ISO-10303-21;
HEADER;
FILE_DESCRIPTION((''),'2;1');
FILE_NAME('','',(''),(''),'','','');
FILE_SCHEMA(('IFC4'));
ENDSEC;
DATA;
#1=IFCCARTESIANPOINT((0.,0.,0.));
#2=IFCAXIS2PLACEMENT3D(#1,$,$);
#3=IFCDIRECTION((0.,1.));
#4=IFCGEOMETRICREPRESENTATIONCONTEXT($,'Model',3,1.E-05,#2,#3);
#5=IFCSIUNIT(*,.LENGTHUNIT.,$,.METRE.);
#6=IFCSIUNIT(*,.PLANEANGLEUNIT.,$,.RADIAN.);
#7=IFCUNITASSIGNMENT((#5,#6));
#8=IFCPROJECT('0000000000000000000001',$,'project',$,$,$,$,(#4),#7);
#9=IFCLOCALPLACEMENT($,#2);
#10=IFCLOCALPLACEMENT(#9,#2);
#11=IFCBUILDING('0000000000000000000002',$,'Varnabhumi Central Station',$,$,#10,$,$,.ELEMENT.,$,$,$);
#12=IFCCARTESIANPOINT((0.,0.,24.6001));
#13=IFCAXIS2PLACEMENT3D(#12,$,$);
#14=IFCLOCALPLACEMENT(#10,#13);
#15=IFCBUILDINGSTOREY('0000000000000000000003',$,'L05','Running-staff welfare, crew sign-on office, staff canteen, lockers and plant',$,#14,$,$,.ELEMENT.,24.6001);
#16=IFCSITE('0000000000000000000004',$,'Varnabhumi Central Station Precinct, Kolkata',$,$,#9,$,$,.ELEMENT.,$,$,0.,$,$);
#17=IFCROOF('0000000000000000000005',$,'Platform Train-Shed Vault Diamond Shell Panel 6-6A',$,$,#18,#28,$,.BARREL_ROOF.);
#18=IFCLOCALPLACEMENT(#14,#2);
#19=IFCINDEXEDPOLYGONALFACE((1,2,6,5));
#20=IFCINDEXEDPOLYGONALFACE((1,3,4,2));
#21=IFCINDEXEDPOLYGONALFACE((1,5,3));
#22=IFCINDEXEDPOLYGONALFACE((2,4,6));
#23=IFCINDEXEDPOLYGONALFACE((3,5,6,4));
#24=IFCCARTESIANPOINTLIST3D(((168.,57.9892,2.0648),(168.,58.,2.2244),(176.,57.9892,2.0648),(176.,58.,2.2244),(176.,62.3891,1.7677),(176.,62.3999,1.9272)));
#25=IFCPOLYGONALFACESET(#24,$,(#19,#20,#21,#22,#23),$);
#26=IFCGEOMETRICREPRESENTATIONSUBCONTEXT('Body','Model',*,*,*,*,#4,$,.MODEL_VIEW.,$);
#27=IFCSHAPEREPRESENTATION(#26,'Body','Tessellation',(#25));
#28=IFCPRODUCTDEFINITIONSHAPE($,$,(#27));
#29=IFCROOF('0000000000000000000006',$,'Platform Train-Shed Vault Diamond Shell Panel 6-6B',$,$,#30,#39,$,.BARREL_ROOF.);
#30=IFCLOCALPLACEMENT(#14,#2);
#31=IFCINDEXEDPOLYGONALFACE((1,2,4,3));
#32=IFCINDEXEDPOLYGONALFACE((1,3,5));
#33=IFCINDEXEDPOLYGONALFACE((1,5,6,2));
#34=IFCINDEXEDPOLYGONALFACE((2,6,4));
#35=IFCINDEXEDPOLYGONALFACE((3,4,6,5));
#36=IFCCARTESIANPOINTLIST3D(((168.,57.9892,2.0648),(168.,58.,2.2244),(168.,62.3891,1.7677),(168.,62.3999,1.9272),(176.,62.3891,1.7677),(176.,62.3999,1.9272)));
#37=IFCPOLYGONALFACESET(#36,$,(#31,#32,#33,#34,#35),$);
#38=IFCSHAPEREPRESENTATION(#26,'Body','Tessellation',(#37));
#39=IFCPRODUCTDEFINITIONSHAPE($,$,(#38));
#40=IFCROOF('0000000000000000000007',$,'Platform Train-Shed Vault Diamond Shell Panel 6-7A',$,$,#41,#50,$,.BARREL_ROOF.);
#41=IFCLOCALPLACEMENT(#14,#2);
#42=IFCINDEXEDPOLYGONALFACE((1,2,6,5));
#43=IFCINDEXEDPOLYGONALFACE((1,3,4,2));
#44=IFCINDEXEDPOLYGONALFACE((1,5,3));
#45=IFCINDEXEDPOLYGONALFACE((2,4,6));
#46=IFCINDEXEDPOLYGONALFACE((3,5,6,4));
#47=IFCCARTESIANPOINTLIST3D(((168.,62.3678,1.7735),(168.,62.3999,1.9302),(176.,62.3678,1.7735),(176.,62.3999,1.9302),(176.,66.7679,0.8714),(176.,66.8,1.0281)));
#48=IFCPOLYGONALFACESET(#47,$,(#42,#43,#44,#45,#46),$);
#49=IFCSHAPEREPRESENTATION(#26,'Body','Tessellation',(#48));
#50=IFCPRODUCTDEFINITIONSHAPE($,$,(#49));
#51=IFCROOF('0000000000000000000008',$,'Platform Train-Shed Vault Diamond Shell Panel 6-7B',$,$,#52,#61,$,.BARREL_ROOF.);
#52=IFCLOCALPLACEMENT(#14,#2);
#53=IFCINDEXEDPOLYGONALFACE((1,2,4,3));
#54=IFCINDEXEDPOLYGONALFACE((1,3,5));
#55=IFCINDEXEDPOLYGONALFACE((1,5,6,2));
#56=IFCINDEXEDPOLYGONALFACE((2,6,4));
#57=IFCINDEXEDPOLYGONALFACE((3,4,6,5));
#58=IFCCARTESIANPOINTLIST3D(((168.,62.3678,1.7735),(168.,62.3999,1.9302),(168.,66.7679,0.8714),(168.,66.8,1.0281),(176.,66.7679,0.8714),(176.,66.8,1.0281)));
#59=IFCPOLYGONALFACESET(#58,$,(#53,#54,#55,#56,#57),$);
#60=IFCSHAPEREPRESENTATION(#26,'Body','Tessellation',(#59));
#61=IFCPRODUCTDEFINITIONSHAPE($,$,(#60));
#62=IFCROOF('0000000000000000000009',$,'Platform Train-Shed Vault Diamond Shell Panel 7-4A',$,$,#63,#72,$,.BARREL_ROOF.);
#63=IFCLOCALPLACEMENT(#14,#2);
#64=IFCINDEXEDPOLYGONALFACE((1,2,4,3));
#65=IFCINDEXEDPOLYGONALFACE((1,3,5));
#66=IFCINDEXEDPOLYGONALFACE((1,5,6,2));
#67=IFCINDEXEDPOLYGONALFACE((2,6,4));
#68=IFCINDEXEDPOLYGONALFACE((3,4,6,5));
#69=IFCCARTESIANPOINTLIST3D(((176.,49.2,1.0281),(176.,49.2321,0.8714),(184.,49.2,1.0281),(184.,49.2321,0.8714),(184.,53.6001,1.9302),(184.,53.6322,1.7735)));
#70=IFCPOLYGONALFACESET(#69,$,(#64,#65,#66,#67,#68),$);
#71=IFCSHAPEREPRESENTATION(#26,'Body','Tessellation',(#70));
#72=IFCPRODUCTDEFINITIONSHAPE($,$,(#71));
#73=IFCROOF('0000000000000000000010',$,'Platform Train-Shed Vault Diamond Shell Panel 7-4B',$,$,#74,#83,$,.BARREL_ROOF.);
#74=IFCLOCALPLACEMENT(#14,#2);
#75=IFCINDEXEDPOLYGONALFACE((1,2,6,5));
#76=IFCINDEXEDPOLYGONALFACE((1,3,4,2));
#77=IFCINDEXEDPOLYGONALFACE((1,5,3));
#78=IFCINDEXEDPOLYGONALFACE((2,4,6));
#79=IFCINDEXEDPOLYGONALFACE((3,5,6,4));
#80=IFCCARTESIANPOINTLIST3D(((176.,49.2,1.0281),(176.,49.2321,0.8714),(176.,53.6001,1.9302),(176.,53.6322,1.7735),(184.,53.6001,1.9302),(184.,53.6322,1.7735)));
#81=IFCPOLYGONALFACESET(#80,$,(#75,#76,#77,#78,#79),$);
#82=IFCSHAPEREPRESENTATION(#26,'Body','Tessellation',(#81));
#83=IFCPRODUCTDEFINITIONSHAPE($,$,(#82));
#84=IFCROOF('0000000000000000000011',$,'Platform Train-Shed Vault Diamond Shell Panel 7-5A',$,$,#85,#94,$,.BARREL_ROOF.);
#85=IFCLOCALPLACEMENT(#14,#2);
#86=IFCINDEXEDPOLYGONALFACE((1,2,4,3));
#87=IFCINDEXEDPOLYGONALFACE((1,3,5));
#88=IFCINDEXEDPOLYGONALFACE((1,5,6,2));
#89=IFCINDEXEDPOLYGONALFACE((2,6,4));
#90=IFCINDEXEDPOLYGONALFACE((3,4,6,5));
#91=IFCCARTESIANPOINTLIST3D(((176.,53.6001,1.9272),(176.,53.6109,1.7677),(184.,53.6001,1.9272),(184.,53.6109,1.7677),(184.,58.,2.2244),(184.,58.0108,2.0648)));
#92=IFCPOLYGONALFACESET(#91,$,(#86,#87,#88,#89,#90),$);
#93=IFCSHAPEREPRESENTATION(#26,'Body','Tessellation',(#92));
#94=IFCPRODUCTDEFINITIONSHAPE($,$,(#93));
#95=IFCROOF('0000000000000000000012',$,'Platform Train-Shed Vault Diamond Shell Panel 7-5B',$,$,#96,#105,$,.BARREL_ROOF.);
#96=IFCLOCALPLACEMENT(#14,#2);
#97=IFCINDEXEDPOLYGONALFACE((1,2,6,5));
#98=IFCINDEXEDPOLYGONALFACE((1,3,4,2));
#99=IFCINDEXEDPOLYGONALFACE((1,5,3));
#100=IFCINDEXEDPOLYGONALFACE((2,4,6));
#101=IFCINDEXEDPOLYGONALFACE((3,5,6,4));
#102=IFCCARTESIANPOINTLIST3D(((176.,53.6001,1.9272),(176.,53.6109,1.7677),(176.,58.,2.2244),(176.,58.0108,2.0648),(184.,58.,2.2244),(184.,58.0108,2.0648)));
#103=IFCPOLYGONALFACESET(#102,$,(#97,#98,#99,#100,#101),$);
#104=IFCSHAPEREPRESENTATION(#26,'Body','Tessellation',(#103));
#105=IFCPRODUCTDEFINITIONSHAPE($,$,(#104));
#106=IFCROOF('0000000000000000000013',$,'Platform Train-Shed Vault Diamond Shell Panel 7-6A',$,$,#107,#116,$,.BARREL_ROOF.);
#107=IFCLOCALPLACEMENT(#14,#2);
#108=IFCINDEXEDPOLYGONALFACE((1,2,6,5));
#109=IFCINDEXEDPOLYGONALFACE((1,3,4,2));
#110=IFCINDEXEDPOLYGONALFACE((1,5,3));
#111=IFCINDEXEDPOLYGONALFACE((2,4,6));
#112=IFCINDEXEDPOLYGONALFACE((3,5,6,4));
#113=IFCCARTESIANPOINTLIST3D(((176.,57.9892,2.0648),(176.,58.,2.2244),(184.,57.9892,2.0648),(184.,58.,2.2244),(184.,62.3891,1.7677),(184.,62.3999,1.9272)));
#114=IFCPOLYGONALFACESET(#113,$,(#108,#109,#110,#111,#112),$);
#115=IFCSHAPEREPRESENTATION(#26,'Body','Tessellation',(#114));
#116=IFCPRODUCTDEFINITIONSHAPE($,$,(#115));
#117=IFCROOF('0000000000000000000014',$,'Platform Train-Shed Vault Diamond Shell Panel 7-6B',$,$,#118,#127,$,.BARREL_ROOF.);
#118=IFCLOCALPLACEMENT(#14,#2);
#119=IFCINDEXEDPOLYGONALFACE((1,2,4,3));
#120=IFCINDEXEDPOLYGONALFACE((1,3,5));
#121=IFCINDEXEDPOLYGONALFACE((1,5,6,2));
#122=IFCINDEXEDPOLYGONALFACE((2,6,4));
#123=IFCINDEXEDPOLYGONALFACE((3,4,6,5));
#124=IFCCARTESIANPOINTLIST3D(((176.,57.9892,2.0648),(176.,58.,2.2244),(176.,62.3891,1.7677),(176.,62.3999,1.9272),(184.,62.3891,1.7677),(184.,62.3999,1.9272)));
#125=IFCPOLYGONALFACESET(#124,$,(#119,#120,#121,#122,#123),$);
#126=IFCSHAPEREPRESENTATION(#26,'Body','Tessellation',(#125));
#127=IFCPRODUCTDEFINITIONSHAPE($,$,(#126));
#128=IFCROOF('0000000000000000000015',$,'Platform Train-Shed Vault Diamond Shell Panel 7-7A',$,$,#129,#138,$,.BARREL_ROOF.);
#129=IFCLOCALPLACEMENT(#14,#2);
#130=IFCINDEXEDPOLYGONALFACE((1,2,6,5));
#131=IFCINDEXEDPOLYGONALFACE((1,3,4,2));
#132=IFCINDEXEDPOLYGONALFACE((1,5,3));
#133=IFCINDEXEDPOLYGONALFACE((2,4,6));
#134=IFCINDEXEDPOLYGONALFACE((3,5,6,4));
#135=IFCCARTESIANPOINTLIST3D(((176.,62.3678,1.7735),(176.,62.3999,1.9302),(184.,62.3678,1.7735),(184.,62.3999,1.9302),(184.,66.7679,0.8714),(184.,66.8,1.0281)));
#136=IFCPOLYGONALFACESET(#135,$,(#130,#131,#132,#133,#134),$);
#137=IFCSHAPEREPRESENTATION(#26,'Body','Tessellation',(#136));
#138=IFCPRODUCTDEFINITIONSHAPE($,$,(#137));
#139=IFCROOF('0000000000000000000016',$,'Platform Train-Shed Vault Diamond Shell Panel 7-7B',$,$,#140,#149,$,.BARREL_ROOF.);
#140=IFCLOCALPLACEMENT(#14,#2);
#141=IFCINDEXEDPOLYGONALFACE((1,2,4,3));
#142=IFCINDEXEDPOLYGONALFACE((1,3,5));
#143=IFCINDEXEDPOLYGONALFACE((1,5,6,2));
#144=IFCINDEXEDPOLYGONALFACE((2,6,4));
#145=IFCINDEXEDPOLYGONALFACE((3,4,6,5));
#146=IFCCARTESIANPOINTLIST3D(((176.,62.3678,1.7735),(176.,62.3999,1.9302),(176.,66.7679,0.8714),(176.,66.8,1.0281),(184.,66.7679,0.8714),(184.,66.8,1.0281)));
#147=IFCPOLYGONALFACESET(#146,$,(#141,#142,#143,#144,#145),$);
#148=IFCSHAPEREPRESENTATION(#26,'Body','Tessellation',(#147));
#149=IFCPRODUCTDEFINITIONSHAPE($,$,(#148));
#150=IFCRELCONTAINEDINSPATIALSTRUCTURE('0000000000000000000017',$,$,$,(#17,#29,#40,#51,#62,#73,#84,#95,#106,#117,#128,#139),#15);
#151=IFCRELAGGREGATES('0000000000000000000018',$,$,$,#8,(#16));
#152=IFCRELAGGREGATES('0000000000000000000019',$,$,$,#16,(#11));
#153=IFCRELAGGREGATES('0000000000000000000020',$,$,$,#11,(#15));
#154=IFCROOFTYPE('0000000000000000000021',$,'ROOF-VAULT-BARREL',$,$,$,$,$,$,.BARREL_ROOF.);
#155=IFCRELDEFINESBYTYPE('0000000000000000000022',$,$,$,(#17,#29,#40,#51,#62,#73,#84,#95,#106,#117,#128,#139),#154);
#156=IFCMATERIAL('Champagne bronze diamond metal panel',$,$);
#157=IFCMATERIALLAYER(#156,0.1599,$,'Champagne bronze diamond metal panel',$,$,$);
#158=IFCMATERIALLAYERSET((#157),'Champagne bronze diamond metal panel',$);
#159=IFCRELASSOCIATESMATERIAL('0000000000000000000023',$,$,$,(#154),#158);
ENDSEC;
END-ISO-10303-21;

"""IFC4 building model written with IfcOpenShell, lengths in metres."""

from ifc_helpers import new_model, si_unit, direction, frame, origin, place, context, subcontext, project, spatial, polyline, outline, extrude, material, layer, layer_set, type_object, element, save


model = new_model("IFC4")

# Units and contexts
model_context = context("Model", 3, precision=1e-05, world=origin(), true_north=direction((0.0, 1.0)))
body_context = subcontext(model_context, "Body", "Model", "MODEL_VIEW")
ifc_project = project(units=[si_unit("LENGTHUNIT", "METRE"), si_unit("PLANEANGLEUNIT", "RADIAN")], contexts=[model_context])

# Site, building, storey
site_placement = place(None, origin())
site = spatial("IfcSite", under=ifc_project, at=site_placement, Name="Varnabhumi Central Station Precinct, Kolkata", CompositionType="ELEMENT", RefElevation=0.0)
building_placement = place(site_placement, origin())
building = spatial("IfcBuilding", under=site, at=building_placement, Name="Varnabhumi Central Station", CompositionType="ELEMENT")
storey_placement = place(building_placement, frame((0.0, 0.0, 24.6001)))
storey = spatial("IfcBuildingStorey", under=building, at=storey_placement, Name="L05", Description="Running-staff welfare, crew sign-on office, staff canteen, lockers and plant", CompositionType="ELEMENT", Elevation=24.6001)

# Roofs
ifc_material = material(Name="Champagne bronze diamond metal panel")
ifc_layer = layer(ifc_material, 0.1599, Name="Champagne bronze diamond metal panel")
ifc_layer_set = layer_set([ifc_layer], Name="Champagne bronze diamond metal panel")
roof_type = type_object("IfcRoofType", Name="ROOF-VAULT-BARREL", PredefinedType="BARREL_ROOF", material=ifc_layer_set)
roof_1_placement = place(storey_placement, frame((168.0, 58.0, 2.2244), z_axis=(0.0, 0.067375, 0.997728), x_axis=(1.0, 0.0, 0.0)))
element("IfcRoof", 1, at=roof_1_placement, inside=storey, type_object=roof_type, Name="Platform Train-Shed Vault Diamond Shell Panel 6-6A", PredefinedType="BARREL_ROOF", context=body_context, shape_type="SweptSolid", body=[
    extrude(outline(polyline([(0.0, 0.0), (8.0, 0.0), (8.0, 4.4099), (0.0, 0.0)])), origin(), (0.0, 0.0, -1.0), 0.1599),
])
roof_2_placement = place(storey_placement, frame((168.0, 58.0, 2.2244), z_axis=(0.0, 0.067375, 0.997728), x_axis=(0.875757, 0.481656, -0.032526)))
element("IfcRoof", 2, at=roof_2_placement, inside=storey, type_object=roof_type, Name="Platform Train-Shed Vault Diamond Shell Panel 6-6B", PredefinedType="BARREL_ROOF", context=body_context, shape_type="SweptSolid", body=[
    extrude(outline(polyline([(0.0, 0.0), (9.135, 0.0), (2.1289, 3.862), (0.0, 0.0)])), origin(), (0.0, 0.0, -1.0), 0.1599),
])
roof_3_placement = place(storey_placement, frame((168.0, 62.3999, 1.9302), z_axis=(0.0, 0.200838, 0.979624), x_axis=(1.0, 0.0, 0.0)))
element("IfcRoof", 3, at=roof_3_placement, inside=storey, type_object=roof_type, Name="Platform Train-Shed Vault Diamond Shell Panel 6-7A", PredefinedType="BARREL_ROOF", context=body_context, shape_type="SweptSolid", body=[
    extrude(outline(polyline([(0.0, 0.0), (8.0, 0.0), (8.0, 4.4917), (0.0, 0.0)])), origin(), (0.0, 0.0, -1.0), 0.1599),
])
roof_4_placement = place(storey_placement, frame((168.0, 62.3999, 1.9302), z_axis=(0.0, 0.200838, 0.979624), x_axis=(0.871963, 0.479596, -0.098325)))
element("IfcRoof", 4, at=roof_4_placement, inside=storey, type_object=roof_type, Name="Platform Train-Shed Vault Diamond Shell Panel 6-7B", PredefinedType="BARREL_ROOF", context=body_context, shape_type="SweptSolid", body=[
    extrude(outline(polyline([(0.0, 0.0), (9.1747, 0.0), (2.199, 3.9166), (0.0, 0.0)])), origin(), (0.0, 0.0, -1.0), 0.1599),
])
roof_5_placement = place(storey_placement, frame((176.0, 49.2, 1.0281), z_axis=(0.0, -0.200838, 0.979624), x_axis=(1.0, 0.0, 0.0)))
element("IfcRoof", 5, at=roof_5_placement, inside=storey, type_object=roof_type, Name="Platform Train-Shed Vault Diamond Shell Panel 7-4A", PredefinedType="BARREL_ROOF", context=body_context, shape_type="SweptSolid", body=[
    extrude(outline(polyline([(0.0, 0.0), (8.0, 0.0), (8.0, 4.4917), (0.0, 0.0)])), origin(), (0.0, 0.0, -1.0), 0.1599),
])
roof_6_placement = place(storey_placement, frame((176.0, 49.2, 1.0281), z_axis=(0.0, -0.200838, 0.979624), x_axis=(0.871963, 0.479596, 0.098325)))
element("IfcRoof", 6, at=roof_6_placement, inside=storey, type_object=roof_type, Name="Platform Train-Shed Vault Diamond Shell Panel 7-4B", PredefinedType="BARREL_ROOF", context=body_context, shape_type="SweptSolid", body=[
    extrude(outline(polyline([(0.0, 0.0), (9.1747, 0.0), (2.199, 3.9166), (0.0, 0.0)])), origin(), (0.0, 0.0, -1.0), 0.1599),
])
roof_7_placement = place(storey_placement, frame((176.0, 53.6001, 1.9272), z_axis=(0.0, -0.067375, 0.997728), x_axis=(1.0, 0.0, 0.0)))
element("IfcRoof", 7, at=roof_7_placement, inside=storey, type_object=roof_type, Name="Platform Train-Shed Vault Diamond Shell Panel 7-5A", PredefinedType="BARREL_ROOF", context=body_context, shape_type="SweptSolid", body=[
    extrude(outline(polyline([(0.0, 0.0), (8.0, 0.0), (8.0, 4.4099), (0.0, 0.0)])), origin(), (0.0, 0.0, -1.0), 0.1599),
])
roof_8_placement = place(storey_placement, frame((176.0, 53.6001, 1.9272), z_axis=(0.0, -0.067375, 0.997728), x_axis=(0.875757, 0.481656, 0.032526)))
element("IfcRoof", 8, at=roof_8_placement, inside=storey, type_object=roof_type, Name="Platform Train-Shed Vault Diamond Shell Panel 7-5B", PredefinedType="BARREL_ROOF", context=body_context, shape_type="SweptSolid", body=[
    extrude(outline(polyline([(0.0, 0.0), (9.135, 0.0), (2.1289, 3.862), (0.0, 0.0)])), origin(), (0.0, 0.0, -1.0), 0.1599),
])
roof_9_placement = place(storey_placement, frame((176.0, 58.0, 2.2244), z_axis=(0.0, 0.067375, 0.997728), x_axis=(1.0, 0.0, 0.0)))
element("IfcRoof", 9, at=roof_9_placement, inside=storey, type_object=roof_type, Name="Platform Train-Shed Vault Diamond Shell Panel 7-6A", PredefinedType="BARREL_ROOF", context=body_context, shape_type="SweptSolid", body=[
    extrude(outline(polyline([(0.0, 0.0), (8.0, 0.0), (8.0, 4.4099), (0.0, 0.0)])), origin(), (0.0, 0.0, -1.0), 0.1599),
])
roof_10_placement = place(storey_placement, frame((176.0, 58.0, 2.2244), z_axis=(0.0, 0.067375, 0.997728), x_axis=(0.875757, 0.481656, -0.032526)))
element("IfcRoof", 10, at=roof_10_placement, inside=storey, type_object=roof_type, Name="Platform Train-Shed Vault Diamond Shell Panel 7-6B", PredefinedType="BARREL_ROOF", context=body_context, shape_type="SweptSolid", body=[
    extrude(outline(polyline([(0.0, 0.0), (9.135, 0.0), (2.1289, 3.862), (0.0, 0.0)])), origin(), (0.0, 0.0, -1.0), 0.1599),
])
roof_11_placement = place(storey_placement, frame((176.0, 62.3999, 1.9302), z_axis=(0.0, 0.200838, 0.979624), x_axis=(1.0, 0.0, 0.0)))
element("IfcRoof", 11, at=roof_11_placement, inside=storey, type_object=roof_type, Name="Platform Train-Shed Vault Diamond Shell Panel 7-7A", PredefinedType="BARREL_ROOF", context=body_context, shape_type="SweptSolid", body=[
    extrude(outline(polyline([(0.0, 0.0), (8.0, 0.0), (8.0, 4.4917), (0.0, 0.0)])), origin(), (0.0, 0.0, -1.0), 0.1599),
])
roof_12_placement = place(storey_placement, frame((176.0, 62.3999, 1.9302), z_axis=(0.0, 0.200838, 0.979624), x_axis=(0.871963, 0.479596, -0.098325)))
element("IfcRoof", 12, at=roof_12_placement, inside=storey, type_object=roof_type, Name="Platform Train-Shed Vault Diamond Shell Panel 7-7B", PredefinedType="BARREL_ROOF", context=body_context, shape_type="SweptSolid", body=[
    extrude(outline(polyline([(0.0, 0.0), (9.1747, 0.0), (2.199, 3.9166), (0.0, 0.0)])), origin(), (0.0, 0.0, -1.0), 0.1599),
])

save(model, "model.ifc")
